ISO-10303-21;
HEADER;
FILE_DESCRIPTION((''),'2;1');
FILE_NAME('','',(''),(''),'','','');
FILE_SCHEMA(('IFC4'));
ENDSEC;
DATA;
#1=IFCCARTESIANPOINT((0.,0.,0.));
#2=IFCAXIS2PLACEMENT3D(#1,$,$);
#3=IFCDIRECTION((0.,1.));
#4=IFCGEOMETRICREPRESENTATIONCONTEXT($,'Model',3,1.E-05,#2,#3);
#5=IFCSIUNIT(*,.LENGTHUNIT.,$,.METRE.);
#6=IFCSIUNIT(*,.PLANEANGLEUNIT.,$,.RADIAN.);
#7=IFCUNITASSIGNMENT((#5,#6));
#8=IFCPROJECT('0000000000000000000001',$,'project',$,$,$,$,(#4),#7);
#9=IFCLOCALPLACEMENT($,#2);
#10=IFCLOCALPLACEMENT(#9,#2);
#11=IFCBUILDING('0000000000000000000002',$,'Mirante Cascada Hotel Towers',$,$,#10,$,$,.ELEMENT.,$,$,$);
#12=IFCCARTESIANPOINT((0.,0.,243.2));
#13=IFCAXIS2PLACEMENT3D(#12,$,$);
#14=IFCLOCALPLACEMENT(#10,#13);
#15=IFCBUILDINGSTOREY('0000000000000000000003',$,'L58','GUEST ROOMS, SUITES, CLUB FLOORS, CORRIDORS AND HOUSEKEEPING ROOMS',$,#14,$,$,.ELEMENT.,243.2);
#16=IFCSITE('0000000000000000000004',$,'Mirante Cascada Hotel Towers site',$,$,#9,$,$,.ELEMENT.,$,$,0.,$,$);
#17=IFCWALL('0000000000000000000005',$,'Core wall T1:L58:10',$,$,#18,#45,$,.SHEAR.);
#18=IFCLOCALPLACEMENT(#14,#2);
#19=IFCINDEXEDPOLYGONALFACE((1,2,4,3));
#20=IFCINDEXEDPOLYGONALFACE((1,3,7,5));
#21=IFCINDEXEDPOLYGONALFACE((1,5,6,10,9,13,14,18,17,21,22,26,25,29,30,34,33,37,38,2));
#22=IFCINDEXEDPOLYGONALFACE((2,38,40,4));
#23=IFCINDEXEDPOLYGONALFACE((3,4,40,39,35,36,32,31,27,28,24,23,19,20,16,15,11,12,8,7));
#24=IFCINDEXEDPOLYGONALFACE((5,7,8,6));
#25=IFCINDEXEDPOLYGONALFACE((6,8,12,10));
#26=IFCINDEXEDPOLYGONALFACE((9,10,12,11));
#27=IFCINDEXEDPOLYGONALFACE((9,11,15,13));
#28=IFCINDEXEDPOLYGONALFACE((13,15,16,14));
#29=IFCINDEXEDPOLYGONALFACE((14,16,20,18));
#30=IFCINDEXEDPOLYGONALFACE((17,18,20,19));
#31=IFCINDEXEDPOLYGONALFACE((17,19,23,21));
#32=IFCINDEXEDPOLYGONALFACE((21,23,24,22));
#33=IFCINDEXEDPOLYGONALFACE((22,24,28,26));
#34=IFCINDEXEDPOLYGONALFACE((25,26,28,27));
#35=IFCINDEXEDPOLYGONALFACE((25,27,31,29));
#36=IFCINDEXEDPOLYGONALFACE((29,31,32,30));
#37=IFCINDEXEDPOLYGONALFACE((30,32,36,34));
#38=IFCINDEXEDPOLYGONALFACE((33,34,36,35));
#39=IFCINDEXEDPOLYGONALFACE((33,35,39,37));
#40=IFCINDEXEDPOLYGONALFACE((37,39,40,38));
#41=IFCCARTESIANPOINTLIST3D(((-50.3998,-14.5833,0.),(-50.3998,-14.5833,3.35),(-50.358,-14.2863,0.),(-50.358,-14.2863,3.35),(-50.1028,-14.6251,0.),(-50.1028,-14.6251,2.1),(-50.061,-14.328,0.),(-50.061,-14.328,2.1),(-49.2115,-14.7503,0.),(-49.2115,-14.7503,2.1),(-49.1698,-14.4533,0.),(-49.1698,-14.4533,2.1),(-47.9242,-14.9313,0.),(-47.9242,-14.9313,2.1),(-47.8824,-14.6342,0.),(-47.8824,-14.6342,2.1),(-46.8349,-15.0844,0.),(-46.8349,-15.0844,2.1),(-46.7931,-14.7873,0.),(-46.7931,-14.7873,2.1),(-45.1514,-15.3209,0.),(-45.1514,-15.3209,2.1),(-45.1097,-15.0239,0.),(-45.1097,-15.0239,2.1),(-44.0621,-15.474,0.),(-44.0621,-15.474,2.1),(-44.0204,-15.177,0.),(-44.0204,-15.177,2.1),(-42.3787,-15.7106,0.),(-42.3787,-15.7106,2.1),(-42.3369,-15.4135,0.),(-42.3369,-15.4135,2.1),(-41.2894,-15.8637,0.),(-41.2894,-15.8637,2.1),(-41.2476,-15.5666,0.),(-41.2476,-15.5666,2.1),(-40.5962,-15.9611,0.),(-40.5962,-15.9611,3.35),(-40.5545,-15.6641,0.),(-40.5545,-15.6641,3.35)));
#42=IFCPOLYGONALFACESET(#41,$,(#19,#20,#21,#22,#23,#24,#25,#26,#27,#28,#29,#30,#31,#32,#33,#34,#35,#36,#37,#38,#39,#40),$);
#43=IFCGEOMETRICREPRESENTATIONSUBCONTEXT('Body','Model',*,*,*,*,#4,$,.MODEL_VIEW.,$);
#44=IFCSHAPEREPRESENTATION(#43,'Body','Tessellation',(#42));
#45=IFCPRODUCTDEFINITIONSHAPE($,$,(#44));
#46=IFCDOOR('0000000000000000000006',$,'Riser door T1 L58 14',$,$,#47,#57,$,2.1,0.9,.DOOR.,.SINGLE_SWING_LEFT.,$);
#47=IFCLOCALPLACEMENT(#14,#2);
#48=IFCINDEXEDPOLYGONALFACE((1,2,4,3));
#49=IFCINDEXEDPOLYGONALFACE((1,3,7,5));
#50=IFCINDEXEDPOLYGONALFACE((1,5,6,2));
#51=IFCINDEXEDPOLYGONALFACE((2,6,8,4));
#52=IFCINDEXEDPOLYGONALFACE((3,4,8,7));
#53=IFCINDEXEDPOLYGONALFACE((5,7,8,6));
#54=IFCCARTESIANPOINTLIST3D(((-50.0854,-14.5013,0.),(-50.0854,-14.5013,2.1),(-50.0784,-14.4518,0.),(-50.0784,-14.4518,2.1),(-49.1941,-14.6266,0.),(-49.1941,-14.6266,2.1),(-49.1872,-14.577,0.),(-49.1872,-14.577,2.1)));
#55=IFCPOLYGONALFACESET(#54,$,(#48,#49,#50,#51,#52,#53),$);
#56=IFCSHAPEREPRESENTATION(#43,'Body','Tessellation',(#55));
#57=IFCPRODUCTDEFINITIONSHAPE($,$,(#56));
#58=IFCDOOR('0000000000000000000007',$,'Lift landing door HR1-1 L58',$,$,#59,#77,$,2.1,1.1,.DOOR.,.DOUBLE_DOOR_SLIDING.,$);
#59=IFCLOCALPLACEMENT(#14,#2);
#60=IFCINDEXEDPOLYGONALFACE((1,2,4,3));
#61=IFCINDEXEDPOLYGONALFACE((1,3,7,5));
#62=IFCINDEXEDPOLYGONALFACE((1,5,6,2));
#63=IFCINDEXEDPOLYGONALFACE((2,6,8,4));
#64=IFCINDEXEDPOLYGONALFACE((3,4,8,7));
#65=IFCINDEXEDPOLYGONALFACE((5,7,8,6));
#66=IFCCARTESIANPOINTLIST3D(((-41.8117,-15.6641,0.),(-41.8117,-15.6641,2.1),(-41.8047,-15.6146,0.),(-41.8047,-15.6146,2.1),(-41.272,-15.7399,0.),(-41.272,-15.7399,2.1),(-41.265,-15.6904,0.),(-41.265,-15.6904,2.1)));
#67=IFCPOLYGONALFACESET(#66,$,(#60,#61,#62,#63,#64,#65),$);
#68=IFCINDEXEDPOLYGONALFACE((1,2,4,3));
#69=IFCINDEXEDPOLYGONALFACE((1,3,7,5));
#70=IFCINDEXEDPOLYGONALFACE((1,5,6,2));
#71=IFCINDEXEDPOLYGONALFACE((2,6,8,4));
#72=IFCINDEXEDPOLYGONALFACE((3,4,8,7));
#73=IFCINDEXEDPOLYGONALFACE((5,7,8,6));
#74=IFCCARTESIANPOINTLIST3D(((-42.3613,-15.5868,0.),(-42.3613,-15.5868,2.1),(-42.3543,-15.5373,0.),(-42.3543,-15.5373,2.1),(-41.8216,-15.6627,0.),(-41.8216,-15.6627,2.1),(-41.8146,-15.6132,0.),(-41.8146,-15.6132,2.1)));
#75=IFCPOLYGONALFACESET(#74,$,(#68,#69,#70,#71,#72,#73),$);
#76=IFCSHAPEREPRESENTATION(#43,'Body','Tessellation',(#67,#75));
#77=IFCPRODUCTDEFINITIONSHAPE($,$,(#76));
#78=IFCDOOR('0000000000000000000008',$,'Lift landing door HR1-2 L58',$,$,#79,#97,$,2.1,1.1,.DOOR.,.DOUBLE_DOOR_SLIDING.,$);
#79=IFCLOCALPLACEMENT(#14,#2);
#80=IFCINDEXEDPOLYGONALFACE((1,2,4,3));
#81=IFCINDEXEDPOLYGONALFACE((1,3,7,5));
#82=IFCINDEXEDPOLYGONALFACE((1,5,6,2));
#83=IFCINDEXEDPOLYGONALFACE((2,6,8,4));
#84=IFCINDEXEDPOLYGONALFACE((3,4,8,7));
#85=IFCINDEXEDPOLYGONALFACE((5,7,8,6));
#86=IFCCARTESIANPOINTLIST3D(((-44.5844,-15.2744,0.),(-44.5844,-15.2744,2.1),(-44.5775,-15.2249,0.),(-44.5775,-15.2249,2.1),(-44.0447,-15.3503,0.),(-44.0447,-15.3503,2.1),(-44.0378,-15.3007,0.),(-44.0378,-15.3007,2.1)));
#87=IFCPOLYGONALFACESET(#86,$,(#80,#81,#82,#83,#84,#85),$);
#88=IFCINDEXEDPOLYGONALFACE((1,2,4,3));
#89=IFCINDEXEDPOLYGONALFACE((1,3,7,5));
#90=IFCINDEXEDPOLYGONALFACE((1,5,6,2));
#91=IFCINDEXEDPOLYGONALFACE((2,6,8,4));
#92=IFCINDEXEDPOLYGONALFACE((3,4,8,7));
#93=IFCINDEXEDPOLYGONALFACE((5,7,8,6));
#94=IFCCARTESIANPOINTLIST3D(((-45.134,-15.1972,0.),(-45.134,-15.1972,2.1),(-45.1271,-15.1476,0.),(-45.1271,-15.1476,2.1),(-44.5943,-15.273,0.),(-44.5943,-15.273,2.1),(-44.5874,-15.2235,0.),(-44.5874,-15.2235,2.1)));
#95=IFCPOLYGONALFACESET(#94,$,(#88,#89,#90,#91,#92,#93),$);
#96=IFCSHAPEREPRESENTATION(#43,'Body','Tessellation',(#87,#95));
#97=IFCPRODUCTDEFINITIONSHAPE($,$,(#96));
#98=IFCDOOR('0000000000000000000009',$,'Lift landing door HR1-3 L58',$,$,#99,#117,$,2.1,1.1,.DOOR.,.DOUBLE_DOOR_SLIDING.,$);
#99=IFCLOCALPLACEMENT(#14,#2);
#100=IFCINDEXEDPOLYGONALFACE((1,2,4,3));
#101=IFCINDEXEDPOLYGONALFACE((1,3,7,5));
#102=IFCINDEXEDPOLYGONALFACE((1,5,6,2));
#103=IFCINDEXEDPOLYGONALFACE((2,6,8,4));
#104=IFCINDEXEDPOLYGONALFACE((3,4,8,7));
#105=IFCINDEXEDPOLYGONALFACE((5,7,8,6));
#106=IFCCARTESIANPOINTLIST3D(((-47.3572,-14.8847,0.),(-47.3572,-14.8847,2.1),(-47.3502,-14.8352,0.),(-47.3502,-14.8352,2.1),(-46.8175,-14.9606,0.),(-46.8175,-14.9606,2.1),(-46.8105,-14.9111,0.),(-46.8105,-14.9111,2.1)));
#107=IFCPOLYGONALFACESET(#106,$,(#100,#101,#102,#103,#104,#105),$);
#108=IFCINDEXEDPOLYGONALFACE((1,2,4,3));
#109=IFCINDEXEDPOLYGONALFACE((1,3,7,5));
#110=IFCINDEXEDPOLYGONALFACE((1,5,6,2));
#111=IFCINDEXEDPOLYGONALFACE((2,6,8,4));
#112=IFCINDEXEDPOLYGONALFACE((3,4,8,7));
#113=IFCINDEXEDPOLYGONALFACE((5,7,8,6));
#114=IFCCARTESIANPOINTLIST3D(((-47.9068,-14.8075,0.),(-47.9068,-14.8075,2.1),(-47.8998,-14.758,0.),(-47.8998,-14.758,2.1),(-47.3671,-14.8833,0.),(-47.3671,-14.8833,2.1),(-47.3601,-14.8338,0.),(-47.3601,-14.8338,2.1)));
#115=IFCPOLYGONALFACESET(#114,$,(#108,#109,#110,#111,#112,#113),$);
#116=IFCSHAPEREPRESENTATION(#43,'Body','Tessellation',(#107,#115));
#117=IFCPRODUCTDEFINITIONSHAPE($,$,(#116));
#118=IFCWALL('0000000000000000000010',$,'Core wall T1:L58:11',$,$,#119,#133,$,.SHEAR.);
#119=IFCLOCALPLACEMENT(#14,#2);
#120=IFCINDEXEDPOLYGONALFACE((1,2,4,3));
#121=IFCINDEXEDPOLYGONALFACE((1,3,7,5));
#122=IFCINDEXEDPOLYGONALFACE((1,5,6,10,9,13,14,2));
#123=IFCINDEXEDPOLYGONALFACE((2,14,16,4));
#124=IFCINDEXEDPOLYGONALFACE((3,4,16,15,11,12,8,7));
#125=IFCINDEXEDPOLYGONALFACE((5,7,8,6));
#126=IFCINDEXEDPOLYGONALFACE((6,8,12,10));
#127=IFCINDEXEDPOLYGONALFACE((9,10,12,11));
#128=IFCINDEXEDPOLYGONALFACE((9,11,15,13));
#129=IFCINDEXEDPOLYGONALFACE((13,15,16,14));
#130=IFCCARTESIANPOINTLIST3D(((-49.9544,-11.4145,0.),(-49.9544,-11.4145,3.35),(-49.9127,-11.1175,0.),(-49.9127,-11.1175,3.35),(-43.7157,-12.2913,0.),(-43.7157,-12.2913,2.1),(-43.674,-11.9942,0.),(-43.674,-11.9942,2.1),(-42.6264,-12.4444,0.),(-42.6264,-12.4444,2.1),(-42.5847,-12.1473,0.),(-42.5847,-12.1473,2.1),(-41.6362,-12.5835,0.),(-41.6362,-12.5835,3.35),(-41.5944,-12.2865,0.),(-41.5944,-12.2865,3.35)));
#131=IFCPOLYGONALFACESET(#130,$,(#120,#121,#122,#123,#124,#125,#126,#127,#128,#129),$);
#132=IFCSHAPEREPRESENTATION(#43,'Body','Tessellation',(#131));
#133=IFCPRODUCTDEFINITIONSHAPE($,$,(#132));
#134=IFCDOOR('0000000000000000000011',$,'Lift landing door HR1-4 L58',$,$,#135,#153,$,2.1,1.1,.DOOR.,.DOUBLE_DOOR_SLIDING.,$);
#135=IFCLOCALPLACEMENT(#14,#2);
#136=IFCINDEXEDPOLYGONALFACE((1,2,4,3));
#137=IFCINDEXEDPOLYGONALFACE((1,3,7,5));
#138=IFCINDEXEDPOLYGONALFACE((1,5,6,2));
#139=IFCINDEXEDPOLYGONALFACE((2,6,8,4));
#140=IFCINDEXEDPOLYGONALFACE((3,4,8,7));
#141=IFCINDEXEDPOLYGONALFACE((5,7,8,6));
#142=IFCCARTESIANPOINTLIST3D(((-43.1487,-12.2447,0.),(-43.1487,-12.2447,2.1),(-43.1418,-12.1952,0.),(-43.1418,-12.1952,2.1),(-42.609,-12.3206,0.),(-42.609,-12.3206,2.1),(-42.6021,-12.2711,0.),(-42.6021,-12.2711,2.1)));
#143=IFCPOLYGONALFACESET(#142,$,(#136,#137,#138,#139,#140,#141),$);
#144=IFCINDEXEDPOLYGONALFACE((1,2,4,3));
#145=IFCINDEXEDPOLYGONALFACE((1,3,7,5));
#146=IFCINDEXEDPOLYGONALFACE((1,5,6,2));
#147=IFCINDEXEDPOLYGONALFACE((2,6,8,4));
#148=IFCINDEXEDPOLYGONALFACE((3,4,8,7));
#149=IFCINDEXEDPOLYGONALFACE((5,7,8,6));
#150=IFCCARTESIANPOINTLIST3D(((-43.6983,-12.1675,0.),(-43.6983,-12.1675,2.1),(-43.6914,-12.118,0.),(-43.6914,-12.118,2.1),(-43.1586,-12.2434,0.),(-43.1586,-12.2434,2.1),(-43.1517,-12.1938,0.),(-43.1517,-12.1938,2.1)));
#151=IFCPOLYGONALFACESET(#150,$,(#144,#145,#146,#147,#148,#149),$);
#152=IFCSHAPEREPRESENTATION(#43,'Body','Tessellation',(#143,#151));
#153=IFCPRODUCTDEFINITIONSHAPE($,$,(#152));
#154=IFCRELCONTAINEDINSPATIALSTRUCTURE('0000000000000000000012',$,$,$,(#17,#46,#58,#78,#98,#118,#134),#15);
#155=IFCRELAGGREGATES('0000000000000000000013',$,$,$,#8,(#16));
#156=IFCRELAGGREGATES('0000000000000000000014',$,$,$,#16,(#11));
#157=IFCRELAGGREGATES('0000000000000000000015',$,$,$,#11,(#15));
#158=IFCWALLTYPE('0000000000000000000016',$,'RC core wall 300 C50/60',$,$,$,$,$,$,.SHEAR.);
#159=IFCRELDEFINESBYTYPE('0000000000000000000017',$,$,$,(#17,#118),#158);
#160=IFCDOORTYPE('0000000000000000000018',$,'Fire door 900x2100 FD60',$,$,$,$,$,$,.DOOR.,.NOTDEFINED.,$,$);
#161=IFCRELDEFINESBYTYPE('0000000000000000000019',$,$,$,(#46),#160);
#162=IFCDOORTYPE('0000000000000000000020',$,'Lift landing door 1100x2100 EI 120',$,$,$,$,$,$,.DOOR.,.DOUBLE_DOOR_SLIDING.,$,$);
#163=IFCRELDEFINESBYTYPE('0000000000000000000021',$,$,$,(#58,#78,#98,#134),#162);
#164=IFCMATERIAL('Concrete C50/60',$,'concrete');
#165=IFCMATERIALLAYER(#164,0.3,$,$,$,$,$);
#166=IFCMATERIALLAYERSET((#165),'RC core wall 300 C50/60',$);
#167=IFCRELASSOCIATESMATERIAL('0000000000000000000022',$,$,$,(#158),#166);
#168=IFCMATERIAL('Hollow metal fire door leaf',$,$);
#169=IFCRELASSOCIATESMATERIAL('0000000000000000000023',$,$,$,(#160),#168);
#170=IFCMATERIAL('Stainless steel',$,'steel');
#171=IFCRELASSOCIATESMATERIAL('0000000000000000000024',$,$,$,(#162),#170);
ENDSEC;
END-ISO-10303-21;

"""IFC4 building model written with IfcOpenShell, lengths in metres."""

from ifc_helpers import new_model, si_unit, direction, frame, frame_2d, origin, place, context, subcontext, project, spatial, rectangle, extrude, material, layer, layer_set, type_object, element, fill, save


model = new_model("IFC4")

# Units and contexts
model_context = context("Model", 3, precision=1e-05, world=origin(), true_north=direction((0.0, 1.0)))
body_context = subcontext(model_context, "Body", "Model", "MODEL_VIEW")
ifc_project = project(units=[si_unit("LENGTHUNIT", "METRE"), si_unit("PLANEANGLEUNIT", "RADIAN")], contexts=[model_context])

# Site, building, storey
site_placement = place(None, origin())
site = spatial("IfcSite", under=ifc_project, at=site_placement, Name="Mirante Cascada Hotel Towers site", CompositionType="ELEMENT", RefElevation=0.0)
building_placement = place(site_placement, origin())
building = spatial("IfcBuilding", under=site, at=building_placement, Name="Mirante Cascada Hotel Towers", CompositionType="ELEMENT")
storey_placement = place(building_placement, frame((0.0, 0.0, 243.2)))
storey = spatial("IfcBuildingStorey", under=building, at=storey_placement, Name="L58", Description="GUEST ROOMS, SUITES, CLUB FLOORS, CORRIDORS AND HOUSEKEEPING ROOMS", CompositionType="ELEMENT", Elevation=243.2)

# Shared definitions
ifc_material_1 = material(Name="Concrete C50/60", Category="concrete")
ifc_layer_1 = layer(ifc_material_1, 0.3)
ifc_layer_set_1 = layer_set([ifc_layer_1], Name="RC core wall 300 C50/60")
wall_type_1 = type_object("IfcWallType", Name="RC core wall 300 C50/60", PredefinedType="SHEAR", material=ifc_layer_set_1)

# Wall, openings, doors
wall_1_placement = place(storey_placement, frame((-40.5753, -15.8126, 0.0), z_axis=(0.0, 0.0, 1.0), x_axis=(-0.990268, 0.139173, 0.0)))
wall_1 = element("IfcWall", 1, at=wall_1_placement, inside=storey, type_object=wall_type_1, Name="Core wall T1:L58:10", PredefinedType="SHEAR", context=body_context, shape_type="SweptSolid", body=[
    extrude(rectangle(XDim=9.8999, YDim=0.3, at=frame_2d((4.95, 0.0))), origin(), (0.0, 0.0, 1.0), 3.35),
])
opening_1_placement = place(wall_1_placement, frame((0.7, 0.0, 0.0)))
opening_1 = element("IfcOpeningElement", 2, at=opening_1_placement, cuts=wall_1, PredefinedType="OPENING", context=body_context, shape_type="SweptSolid", body=[
    extrude(rectangle(XDim=1.1, YDim=2.1, at=frame_2d((0.55, 1.05))), frame((0.0, 0.15, 0.0), z_axis=(0.0, -1.0, 0.0), x_axis=(1.0, 0.0, 0.0)), (0.0, 0.0, 1.0), 0.3),
])
opening_2_placement = place(wall_1_placement, frame((3.5, 0.0, 0.0)))
opening_2 = element("IfcOpeningElement", 3, at=opening_2_placement, cuts=wall_1, PredefinedType="OPENING", context=body_context, shape_type="SweptSolid", body=[
    extrude(rectangle(XDim=1.1, YDim=2.1, at=frame_2d((0.55, 1.05))), frame((0.0, 0.15, 0.0), z_axis=(0.0, -1.0, 0.0), x_axis=(1.0, 0.0, 0.0)), (0.0, 0.0, 1.0), 0.3),
])
opening_3_placement = place(wall_1_placement, frame((6.3, 0.0, 0.0)))
opening_3 = element("IfcOpeningElement", 4, at=opening_3_placement, cuts=wall_1, PredefinedType="OPENING", context=body_context, shape_type="SweptSolid", body=[
    extrude(rectangle(XDim=1.1, YDim=2.1, at=frame_2d((0.55, 1.05))), frame((0.0, 0.15, 0.0), z_axis=(0.0, -1.0, 0.0), x_axis=(1.0, 0.0, 0.0)), (0.0, 0.0, 1.0), 0.3),
])
opening_4_placement = place(wall_1_placement, frame((8.7, 0.0, 0.0)))
opening_4 = element("IfcOpeningElement", 5, at=opening_4_placement, cuts=wall_1, PredefinedType="OPENING", context=body_context, shape_type="SweptSolid", body=[
    extrude(rectangle(XDim=0.9, YDim=2.1, at=frame_2d((0.45, 1.05))), frame((0.0, 0.15, 0.0), z_axis=(0.0, -1.0, 0.0), x_axis=(1.0, 0.0, 0.0)), (0.0, 0.0, 1.0), 0.3),
])
ifc_material_2 = material(Name="Hollow metal fire door leaf")
door_type_1 = type_object("IfcDoorType", Name="Fire door 900x2100 FD60", OperationType="NOTDEFINED", PredefinedType="DOOR", material=ifc_material_2)
door_1_placement = place(opening_4_placement, origin())
door_1 = element("IfcDoor", 6, at=door_1_placement, inside=storey, type_object=door_type_1, Name="Riser door T1 L58 14", OperationType="SINGLE_SWING_LEFT", OverallHeight=2.1, OverallWidth=0.9, PredefinedType="DOOR", context=body_context, shape_type="SweptSolid", body=[
    extrude(rectangle(XDim=0.9, YDim=2.1, at=frame_2d((0.45, 1.05))), frame((0.0, 0.025, 0.0), z_axis=(0.0, -1.0, 0.0), x_axis=(1.0, 0.0, 0.0)), (0.0, 0.0, 1.0), 0.05),
])
fill(opening_4, door_1)
ifc_material_3 = material(Name="Stainless steel", Category="steel")
door_type_2 = type_object("IfcDoorType", Name="Lift landing door 1100x2100 EI 120", OperationType="DOUBLE_DOOR_SLIDING", PredefinedType="DOOR", material=ifc_material_3)
door_2_placement = place(opening_1_placement, origin())
door_2 = element("IfcDoor", 7, at=door_2_placement, inside=storey, type_object=door_type_2, Name="Lift landing door HR1-1 L58", OperationType="DOUBLE_DOOR_SLIDING", OverallHeight=2.1, OverallWidth=1.1, PredefinedType="DOOR", context=body_context, shape_type="SweptSolid", body=[
    extrude(rectangle(XDim=0.545, YDim=2.1, at=frame_2d((0.2725, 1.05))), frame((0.0, 0.025, 0.0), z_axis=(0.0, -1.0, 0.0), x_axis=(1.0, 0.0, 0.0)), (0.0, 0.0, 1.0), 0.05),
    extrude(rectangle(XDim=0.545, YDim=2.1, at=frame_2d((0.8275, 1.05))), frame((0.0, 0.025, 0.0), z_axis=(0.0, -1.0, 0.0), x_axis=(1.0, 0.0, 0.0)), (0.0, 0.0, 1.0), 0.05),
])
fill(opening_1, door_2)
door_3_placement = place(opening_2_placement, origin())
door_3 = element("IfcDoor", 8, at=door_3_placement, inside=storey, type_object=door_type_2, Name="Lift landing door HR1-2 L58", OperationType="DOUBLE_DOOR_SLIDING", OverallHeight=2.1, OverallWidth=1.1, PredefinedType="DOOR", context=body_context, shape_type="SweptSolid", body=[
    extrude(rectangle(XDim=0.545, YDim=2.1, at=frame_2d((0.2725, 1.05))), frame((0.0, 0.025, 0.0), z_axis=(0.0, -1.0, 0.0), x_axis=(1.0, 0.0, 0.0)), (0.0, 0.0, 1.0), 0.05),
    extrude(rectangle(XDim=0.545, YDim=2.1, at=frame_2d((0.8275, 1.05))), frame((0.0, 0.025, 0.0), z_axis=(0.0, -1.0, 0.0), x_axis=(1.0, 0.0, 0.0)), (0.0, 0.0, 1.0), 0.05),
])
fill(opening_2, door_3)
door_4_placement = place(opening_3_placement, origin())
door_4 = element("IfcDoor", 9, at=door_4_placement, inside=storey, type_object=door_type_2, Name="Lift landing door HR1-3 L58", OperationType="DOUBLE_DOOR_SLIDING", OverallHeight=2.1, OverallWidth=1.1, PredefinedType="DOOR", context=body_context, shape_type="SweptSolid", body=[
    extrude(rectangle(XDim=0.545, YDim=2.1, at=frame_2d((0.2725, 1.05))), frame((0.0, 0.025, 0.0), z_axis=(0.0, -1.0, 0.0), x_axis=(1.0, 0.0, 0.0)), (0.0, 0.0, 1.0), 0.05),
    extrude(rectangle(XDim=0.545, YDim=2.1, at=frame_2d((0.8275, 1.05))), frame((0.0, 0.025, 0.0), z_axis=(0.0, -1.0, 0.0), x_axis=(1.0, 0.0, 0.0)), (0.0, 0.0, 1.0), 0.05),
])
fill(opening_3, door_4)

# Wall, opening, door
wall_2_placement = place(storey_placement, frame((-41.6153, -12.435, 0.0), z_axis=(0.0, 0.0, 1.0), x_axis=(-0.990269, 0.139166, 0.0)))
wall_2 = element("IfcWall", 10, at=wall_2_placement, inside=storey, type_object=wall_type_1, Name="Core wall T1:L58:11", PredefinedType="SHEAR", context=body_context, shape_type="SweptSolid", body=[
    extrude(rectangle(XDim=8.4, YDim=0.3, at=frame_2d((4.2, 0.0))), origin(), (0.0, 0.0, 1.0), 3.35),
])
opening_5_placement = place(wall_2_placement, frame((1.0, 0.0, 0.0)))
opening_5 = element("IfcOpeningElement", 11, at=opening_5_placement, cuts=wall_2, PredefinedType="OPENING", context=body_context, shape_type="SweptSolid", body=[
    extrude(rectangle(XDim=1.1, YDim=2.1, at=frame_2d((0.55, 1.05))), frame((0.0, 0.15, 0.0), z_axis=(0.0, -1.0, 0.0), x_axis=(1.0, 0.0, 0.0)), (0.0, 0.0, 1.0), 0.3),
])
door_5_placement = place(opening_5_placement, origin())
door_5 = element("IfcDoor", 12, at=door_5_placement, inside=storey, type_object=door_type_2, Name="Lift landing door HR1-4 L58", OperationType="DOUBLE_DOOR_SLIDING", OverallHeight=2.1, OverallWidth=1.1, PredefinedType="DOOR", context=body_context, shape_type="SweptSolid", body=[
    extrude(rectangle(XDim=0.545, YDim=2.1, at=frame_2d((0.2725, 1.05))), frame((0.0, 0.025, 0.0), z_axis=(0.0, -1.0, 0.0), x_axis=(1.0, 0.0, 0.0)), (0.0, 0.0, 1.0), 0.05),
    extrude(rectangle(XDim=0.545, YDim=2.1, at=frame_2d((0.8275, 1.05))), frame((0.0, 0.025, 0.0), z_axis=(0.0, -1.0, 0.0), x_axis=(1.0, 0.0, 0.0)), (0.0, 0.0, 1.0), 0.05),
])
fill(opening_5, door_5)

save(model, "model.ifc")
